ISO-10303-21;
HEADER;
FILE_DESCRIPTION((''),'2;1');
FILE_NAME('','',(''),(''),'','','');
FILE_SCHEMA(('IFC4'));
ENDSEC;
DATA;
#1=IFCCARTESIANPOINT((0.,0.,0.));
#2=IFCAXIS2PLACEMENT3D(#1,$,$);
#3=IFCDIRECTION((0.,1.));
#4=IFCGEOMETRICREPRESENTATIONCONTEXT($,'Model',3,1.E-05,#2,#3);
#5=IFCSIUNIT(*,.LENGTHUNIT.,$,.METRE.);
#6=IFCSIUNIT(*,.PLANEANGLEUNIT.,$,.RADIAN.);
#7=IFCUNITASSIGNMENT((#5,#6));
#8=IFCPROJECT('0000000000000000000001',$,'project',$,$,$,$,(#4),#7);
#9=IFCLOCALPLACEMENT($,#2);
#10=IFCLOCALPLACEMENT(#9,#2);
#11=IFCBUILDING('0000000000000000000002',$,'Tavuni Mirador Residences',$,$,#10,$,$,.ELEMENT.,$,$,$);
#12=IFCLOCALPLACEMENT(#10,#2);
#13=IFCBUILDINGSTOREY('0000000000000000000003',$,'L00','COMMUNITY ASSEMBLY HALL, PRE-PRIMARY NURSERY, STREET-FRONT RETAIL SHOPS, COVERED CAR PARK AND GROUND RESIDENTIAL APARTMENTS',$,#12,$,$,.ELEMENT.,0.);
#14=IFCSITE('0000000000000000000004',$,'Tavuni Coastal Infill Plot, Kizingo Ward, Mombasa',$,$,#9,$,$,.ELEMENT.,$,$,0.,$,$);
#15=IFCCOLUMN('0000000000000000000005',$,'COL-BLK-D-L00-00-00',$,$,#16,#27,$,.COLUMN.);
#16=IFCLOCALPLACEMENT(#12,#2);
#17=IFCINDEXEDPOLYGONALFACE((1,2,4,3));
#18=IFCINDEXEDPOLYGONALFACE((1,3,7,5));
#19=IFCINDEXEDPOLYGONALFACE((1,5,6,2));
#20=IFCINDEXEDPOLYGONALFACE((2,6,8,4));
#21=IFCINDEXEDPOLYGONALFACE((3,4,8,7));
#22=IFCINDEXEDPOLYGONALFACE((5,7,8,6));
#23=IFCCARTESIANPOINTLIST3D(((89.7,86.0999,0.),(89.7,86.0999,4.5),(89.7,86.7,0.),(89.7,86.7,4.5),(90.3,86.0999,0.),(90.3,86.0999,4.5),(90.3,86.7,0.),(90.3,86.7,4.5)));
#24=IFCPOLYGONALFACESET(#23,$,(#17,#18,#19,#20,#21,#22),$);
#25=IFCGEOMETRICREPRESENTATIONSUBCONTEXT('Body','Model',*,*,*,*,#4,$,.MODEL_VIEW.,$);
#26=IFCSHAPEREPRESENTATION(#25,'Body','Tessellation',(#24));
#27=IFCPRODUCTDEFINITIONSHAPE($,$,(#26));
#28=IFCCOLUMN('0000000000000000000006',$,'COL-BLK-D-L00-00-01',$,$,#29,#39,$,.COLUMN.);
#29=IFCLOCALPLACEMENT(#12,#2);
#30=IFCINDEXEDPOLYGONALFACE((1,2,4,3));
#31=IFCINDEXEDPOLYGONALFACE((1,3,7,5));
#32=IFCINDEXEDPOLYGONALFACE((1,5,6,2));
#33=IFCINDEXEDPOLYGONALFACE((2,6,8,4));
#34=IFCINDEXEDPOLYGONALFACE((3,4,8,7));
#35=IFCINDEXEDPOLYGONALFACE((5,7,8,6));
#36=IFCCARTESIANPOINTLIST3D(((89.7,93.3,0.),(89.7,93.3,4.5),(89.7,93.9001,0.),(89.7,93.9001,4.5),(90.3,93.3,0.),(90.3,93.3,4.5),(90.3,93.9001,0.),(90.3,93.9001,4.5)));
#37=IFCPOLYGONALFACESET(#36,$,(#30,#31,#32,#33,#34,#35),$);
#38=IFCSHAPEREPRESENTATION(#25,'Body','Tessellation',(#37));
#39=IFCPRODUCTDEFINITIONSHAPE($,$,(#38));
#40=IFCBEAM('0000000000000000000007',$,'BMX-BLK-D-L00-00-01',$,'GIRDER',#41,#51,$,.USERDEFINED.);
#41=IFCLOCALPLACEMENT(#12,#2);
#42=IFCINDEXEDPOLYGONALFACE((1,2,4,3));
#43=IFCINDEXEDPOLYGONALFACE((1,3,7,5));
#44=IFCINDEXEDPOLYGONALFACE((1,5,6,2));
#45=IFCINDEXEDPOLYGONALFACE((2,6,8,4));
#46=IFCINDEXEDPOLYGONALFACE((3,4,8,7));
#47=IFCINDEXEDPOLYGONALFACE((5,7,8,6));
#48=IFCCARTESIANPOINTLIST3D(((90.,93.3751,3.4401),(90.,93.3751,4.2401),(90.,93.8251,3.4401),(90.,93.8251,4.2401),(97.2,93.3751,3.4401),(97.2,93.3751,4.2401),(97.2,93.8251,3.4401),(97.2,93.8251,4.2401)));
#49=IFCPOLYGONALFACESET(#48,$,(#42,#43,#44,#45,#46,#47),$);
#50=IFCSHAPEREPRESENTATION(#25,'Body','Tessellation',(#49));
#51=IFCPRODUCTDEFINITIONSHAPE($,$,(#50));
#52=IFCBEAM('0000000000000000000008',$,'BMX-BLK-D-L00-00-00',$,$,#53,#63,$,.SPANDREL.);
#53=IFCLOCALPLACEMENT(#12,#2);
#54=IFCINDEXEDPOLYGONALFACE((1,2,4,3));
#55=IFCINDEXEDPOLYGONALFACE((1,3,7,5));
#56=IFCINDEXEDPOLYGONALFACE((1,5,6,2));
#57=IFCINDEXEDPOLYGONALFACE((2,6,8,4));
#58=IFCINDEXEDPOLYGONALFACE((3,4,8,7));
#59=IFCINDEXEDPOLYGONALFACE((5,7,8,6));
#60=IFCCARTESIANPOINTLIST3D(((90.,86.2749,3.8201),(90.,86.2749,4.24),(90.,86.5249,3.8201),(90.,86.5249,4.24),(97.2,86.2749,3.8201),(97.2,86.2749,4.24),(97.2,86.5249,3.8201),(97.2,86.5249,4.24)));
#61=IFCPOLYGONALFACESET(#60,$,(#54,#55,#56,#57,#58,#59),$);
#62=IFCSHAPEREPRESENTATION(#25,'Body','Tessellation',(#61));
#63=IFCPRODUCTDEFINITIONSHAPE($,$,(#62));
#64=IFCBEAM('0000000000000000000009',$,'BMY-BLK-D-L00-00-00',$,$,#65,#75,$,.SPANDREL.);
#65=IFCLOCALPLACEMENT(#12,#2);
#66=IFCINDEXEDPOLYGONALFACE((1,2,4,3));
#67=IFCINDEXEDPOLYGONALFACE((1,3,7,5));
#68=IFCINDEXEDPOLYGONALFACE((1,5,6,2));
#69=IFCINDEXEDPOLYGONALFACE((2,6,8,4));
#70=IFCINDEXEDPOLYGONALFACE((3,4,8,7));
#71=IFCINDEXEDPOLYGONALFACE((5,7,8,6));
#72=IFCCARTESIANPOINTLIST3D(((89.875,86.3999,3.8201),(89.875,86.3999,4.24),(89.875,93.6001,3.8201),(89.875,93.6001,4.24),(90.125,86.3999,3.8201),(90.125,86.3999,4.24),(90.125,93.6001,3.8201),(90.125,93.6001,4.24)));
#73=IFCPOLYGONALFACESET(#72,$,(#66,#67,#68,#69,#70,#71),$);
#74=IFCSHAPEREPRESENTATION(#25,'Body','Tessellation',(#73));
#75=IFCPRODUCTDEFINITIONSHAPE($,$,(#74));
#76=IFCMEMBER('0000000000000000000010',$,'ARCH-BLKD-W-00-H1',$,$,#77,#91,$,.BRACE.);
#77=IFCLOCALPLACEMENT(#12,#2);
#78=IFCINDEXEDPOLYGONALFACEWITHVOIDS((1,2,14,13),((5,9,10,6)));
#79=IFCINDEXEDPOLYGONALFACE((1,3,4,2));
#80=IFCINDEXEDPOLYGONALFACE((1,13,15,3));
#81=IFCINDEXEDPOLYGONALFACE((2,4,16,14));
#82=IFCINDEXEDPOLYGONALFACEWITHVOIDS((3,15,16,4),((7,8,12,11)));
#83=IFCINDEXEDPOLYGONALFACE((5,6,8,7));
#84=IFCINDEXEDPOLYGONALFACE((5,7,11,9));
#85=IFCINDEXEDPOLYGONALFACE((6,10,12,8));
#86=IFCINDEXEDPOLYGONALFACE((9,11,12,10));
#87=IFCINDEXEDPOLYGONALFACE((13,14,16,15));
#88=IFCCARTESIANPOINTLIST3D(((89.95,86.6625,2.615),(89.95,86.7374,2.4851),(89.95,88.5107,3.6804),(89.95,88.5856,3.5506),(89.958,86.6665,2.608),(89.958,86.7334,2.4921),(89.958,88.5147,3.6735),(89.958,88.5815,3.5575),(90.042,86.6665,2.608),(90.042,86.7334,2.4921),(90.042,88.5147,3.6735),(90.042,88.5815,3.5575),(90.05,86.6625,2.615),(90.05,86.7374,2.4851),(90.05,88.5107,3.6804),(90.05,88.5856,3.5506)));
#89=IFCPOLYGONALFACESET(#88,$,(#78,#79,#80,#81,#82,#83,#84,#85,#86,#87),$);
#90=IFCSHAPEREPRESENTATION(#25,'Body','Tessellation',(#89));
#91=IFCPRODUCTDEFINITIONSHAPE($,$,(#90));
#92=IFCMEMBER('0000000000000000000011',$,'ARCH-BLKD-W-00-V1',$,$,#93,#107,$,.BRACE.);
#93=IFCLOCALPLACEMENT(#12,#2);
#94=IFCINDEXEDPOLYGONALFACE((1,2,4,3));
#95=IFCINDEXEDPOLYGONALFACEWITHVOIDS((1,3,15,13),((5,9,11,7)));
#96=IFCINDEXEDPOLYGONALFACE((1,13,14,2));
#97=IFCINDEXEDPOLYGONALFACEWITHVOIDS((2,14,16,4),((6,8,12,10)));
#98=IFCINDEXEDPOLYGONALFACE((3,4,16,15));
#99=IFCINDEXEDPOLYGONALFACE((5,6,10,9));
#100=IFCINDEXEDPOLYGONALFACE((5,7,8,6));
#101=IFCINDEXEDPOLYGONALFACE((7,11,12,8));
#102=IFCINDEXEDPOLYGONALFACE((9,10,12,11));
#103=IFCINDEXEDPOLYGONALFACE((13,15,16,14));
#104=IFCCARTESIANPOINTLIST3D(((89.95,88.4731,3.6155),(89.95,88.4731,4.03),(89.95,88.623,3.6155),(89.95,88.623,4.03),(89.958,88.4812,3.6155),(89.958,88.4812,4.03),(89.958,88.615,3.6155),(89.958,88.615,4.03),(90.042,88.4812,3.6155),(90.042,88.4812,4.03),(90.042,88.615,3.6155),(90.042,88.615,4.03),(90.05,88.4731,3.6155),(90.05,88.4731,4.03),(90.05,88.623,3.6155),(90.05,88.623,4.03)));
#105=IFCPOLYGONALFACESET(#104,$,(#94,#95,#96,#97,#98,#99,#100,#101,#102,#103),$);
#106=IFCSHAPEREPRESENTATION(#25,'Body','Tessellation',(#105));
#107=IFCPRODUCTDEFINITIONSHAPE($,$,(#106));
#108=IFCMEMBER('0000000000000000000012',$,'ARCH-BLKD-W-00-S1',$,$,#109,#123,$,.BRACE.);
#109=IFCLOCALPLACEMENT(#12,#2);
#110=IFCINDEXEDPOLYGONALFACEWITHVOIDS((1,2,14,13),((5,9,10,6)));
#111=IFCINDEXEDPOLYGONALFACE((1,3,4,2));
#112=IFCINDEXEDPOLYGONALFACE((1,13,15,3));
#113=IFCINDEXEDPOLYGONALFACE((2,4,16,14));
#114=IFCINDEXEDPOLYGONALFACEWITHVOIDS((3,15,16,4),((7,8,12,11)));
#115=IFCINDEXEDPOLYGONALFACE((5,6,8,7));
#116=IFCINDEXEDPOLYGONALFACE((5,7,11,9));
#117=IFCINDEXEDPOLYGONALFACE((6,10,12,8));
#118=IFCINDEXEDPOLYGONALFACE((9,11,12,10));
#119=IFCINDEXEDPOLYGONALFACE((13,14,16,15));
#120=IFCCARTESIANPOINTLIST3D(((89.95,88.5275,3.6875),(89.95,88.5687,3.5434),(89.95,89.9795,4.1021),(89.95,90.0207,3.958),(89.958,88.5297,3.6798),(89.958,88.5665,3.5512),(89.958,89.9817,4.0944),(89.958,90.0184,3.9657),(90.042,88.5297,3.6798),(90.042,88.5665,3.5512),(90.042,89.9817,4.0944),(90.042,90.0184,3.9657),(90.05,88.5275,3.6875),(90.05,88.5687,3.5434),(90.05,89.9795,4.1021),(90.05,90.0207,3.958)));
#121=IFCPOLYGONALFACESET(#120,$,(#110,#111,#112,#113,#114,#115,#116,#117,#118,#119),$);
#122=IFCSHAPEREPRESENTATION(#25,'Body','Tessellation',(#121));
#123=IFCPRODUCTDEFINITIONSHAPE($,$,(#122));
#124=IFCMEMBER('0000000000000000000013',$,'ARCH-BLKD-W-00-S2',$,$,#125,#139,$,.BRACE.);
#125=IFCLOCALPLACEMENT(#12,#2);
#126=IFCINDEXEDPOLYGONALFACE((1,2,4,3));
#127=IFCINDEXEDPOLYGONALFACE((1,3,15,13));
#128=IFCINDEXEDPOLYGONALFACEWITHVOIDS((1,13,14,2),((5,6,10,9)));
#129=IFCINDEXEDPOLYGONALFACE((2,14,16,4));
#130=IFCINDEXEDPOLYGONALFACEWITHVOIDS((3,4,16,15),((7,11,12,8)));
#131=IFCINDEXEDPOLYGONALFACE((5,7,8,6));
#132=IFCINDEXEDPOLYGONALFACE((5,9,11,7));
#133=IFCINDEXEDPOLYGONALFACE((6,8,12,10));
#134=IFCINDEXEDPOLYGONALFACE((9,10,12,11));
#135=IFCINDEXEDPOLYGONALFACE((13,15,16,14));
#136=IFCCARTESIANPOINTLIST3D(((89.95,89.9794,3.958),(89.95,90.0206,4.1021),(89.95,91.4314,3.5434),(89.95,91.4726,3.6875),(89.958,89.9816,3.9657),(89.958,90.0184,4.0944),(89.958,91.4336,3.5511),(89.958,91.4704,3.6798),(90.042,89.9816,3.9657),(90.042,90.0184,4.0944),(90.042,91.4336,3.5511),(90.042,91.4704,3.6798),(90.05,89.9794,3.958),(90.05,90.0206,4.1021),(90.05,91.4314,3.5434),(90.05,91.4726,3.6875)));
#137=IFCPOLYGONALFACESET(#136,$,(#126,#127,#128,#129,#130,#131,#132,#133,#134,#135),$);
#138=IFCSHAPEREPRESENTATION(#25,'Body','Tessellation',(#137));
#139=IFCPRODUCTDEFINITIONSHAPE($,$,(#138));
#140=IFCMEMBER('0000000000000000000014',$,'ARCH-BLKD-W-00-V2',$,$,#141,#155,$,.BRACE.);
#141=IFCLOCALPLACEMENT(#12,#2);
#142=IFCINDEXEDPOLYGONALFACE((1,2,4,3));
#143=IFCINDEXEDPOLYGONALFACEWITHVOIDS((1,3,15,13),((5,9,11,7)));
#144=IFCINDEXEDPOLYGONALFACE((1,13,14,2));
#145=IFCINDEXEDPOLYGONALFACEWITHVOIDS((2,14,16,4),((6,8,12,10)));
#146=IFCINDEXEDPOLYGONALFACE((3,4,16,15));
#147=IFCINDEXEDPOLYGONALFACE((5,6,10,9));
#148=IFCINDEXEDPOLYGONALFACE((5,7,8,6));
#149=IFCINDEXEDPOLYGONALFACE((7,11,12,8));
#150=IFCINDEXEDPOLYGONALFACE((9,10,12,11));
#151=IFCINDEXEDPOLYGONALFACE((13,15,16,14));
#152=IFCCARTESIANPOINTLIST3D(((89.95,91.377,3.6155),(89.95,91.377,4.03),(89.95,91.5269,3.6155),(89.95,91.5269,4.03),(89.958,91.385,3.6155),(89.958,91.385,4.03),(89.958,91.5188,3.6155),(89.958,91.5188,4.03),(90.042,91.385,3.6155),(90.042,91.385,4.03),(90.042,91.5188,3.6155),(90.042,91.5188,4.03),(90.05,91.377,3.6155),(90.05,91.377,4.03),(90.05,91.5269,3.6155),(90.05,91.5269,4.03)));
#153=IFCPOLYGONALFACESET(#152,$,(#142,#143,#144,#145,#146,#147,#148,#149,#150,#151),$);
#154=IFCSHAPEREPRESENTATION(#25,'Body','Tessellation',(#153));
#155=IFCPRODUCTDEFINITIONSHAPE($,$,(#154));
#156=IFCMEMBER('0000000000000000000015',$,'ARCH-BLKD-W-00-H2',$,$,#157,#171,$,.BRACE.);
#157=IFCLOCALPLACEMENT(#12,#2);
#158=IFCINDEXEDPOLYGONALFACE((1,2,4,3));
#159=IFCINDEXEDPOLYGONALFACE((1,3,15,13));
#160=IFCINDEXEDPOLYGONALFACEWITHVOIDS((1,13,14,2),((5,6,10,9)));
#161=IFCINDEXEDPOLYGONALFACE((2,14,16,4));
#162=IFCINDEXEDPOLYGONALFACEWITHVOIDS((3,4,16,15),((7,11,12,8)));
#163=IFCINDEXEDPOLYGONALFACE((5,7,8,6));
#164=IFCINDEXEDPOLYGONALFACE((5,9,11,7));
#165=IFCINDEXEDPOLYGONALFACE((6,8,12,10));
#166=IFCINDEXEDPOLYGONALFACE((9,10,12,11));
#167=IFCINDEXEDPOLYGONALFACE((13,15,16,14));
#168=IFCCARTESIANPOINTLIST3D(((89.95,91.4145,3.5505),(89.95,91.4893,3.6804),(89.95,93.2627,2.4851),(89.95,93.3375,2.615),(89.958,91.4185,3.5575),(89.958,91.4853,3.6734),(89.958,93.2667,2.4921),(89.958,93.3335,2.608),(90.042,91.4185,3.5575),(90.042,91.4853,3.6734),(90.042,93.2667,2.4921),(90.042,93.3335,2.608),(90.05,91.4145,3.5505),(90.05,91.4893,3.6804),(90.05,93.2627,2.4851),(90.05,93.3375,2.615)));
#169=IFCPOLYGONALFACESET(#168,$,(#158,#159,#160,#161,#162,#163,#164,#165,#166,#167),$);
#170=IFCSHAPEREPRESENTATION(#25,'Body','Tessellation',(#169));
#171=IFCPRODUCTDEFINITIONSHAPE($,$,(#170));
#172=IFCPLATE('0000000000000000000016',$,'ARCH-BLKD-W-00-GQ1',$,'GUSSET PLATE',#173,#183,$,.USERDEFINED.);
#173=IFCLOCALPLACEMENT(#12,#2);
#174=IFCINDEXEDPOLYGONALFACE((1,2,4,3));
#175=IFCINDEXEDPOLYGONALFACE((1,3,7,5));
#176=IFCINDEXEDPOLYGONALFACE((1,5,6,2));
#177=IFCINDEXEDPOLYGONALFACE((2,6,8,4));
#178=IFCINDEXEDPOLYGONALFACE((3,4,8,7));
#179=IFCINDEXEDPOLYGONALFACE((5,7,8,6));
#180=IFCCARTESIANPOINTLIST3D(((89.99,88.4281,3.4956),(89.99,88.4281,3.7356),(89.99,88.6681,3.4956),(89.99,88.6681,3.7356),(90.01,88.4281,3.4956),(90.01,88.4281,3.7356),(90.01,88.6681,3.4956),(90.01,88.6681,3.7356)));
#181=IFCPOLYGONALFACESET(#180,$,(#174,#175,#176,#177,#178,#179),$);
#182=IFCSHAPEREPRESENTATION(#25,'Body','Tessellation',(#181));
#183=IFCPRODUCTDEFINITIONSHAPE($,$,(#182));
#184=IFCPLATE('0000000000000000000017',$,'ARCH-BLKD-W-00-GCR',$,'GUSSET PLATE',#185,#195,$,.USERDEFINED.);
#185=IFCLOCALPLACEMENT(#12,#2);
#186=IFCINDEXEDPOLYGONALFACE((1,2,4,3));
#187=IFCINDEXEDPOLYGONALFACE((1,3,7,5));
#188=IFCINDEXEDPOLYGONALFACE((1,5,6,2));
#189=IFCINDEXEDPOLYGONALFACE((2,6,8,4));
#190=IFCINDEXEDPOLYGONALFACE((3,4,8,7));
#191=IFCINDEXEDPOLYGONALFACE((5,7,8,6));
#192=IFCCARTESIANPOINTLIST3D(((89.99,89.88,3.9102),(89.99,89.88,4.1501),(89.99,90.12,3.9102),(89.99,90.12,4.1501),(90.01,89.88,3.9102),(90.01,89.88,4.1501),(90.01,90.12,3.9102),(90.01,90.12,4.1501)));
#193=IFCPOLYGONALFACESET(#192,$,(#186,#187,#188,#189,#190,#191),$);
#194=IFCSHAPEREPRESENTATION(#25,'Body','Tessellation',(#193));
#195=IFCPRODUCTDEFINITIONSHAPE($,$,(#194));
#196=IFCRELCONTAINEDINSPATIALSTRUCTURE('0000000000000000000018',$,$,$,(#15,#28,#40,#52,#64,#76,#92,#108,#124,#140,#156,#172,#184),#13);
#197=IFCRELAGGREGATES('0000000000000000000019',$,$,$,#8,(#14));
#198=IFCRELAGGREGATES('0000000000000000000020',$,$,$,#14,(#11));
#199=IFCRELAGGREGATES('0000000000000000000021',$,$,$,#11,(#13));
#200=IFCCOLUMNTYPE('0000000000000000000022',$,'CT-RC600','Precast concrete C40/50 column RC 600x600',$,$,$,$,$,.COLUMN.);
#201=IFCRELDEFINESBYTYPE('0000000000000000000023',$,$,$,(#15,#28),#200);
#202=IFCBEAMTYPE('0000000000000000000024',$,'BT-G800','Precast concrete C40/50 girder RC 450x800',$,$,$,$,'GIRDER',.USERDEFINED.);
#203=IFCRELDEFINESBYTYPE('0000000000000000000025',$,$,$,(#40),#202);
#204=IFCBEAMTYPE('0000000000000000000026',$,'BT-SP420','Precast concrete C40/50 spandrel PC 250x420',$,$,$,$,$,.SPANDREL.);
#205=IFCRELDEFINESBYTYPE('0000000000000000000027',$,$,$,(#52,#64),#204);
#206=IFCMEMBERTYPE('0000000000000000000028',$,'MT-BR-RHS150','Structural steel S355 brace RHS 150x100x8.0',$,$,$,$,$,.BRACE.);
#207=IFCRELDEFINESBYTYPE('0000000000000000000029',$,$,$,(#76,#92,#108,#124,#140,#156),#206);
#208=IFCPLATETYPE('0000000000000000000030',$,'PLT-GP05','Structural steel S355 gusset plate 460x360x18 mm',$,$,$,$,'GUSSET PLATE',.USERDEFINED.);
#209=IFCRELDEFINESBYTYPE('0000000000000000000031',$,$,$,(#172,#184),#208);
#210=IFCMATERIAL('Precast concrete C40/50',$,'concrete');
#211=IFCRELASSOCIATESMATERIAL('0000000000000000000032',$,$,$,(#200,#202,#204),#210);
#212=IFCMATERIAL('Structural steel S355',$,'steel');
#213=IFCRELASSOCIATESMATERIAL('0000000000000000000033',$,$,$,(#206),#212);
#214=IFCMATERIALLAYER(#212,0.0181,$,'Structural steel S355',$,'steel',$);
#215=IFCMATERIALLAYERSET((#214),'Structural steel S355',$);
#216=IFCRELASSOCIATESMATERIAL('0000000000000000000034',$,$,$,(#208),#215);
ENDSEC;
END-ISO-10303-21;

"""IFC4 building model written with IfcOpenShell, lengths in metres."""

from ifc_helpers import new_model, si_unit, direction, frame, origin, origin_2d, place, context, subcontext, project, spatial, rectangle, hollow_rectangle, extrude, material, layer, layer_set, material_profile, profile_set, type_object, element, save


model = new_model("IFC4")

# Units and contexts
model_context = context("Model", 3, precision=1e-05, world=origin(), true_north=direction((0.0, 1.0)))
body_context = subcontext(model_context, "Body", "Model", "MODEL_VIEW")
ifc_project = project(units=[si_unit("LENGTHUNIT", "METRE"), si_unit("PLANEANGLEUNIT", "RADIAN")], contexts=[model_context])

# Site, building, storey
site_placement = place(None, origin())
site = spatial("IfcSite", under=ifc_project, at=site_placement, Name="Tavuni Coastal Infill Plot, Kizingo Ward, Mombasa", CompositionType="ELEMENT", RefElevation=0.0)
building_placement = place(site_placement, origin())
building = spatial("IfcBuilding", under=site, at=building_placement, Name="Tavuni Mirador Residences", CompositionType="ELEMENT")
storey_placement = place(building_placement, origin())
storey = spatial("IfcBuildingStorey", under=building, at=storey_placement, Name="L00", Description="COMMUNITY ASSEMBLY HALL, PRE-PRIMARY NURSERY, STREET-FRONT RETAIL SHOPS, COVERED CAR PARK AND GROUND RESIDENTIAL APARTMENTS", CompositionType="ELEMENT", Elevation=0.0)

# Columns
ifc_material_1 = material(Name="Precast concrete C40/50", Category="concrete")
ifc_material_profile_1 = material_profile(ifc_material_1, rectangle(XDim=0.6001, YDim=0.6001, at=origin_2d()), Name="RC 600x600", Category="concrete")
ifc_profile_set_1 = profile_set([ifc_material_profile_1], Name="Precast concrete C40/50")
column_type = type_object("IfcColumnType", Name="CT-RC600", Description="Precast concrete C40/50 column RC 600x600", PredefinedType="COLUMN", material=ifc_profile_set_1)
for number, where, z_axis, x_axis, name in (
    (1, (90.0, 86.3999, 0.0), (0.0, 0.0, 1.0), (1.0, 0.0, 0.0), "COL-BLK-D-L00-00-00"),
    (2, (90.0, 93.6001, 0.0), (0.0, 0.0, 1.0), (1.0, 0.0, 0.0), "COL-BLK-D-L00-00-01"),
):
    element("IfcColumn", number, at=place(storey_placement, frame(where, z_axis=z_axis, x_axis=x_axis)), inside=storey, type_object=column_type, Name=name, PredefinedType="COLUMN", context=body_context, shape_type="SweptSolid", body=[
        extrude(rectangle(XDim=0.6001, YDim=0.6001, at=origin_2d()), origin(), (0.0, 0.0, 1.0), 4.5),
    ])

# Beams
ifc_material_profile_2 = material_profile(ifc_material_1, rectangle(XDim=0.45, YDim=0.8, at=origin_2d()), Name="RC 450x800", Category="concrete")
ifc_profile_set_2 = profile_set([ifc_material_profile_2], Name="Precast concrete C40/50")
beam_type_1 = type_object("IfcBeamType", Name="BT-G800", Description="Precast concrete C40/50 girder RC 450x800", ElementType="GIRDER", PredefinedType="USERDEFINED", material=ifc_profile_set_2)
beam_1_placement = place(storey_placement, frame((90.0, 93.6001, 3.8401), z_axis=(1.0, 0.0, 0.0), x_axis=(0.0, 1.0, 0.0)))
element("IfcBeam", 3, at=beam_1_placement, inside=storey, type_object=beam_type_1, Name="BMX-BLK-D-L00-00-01", ObjectType="GIRDER", PredefinedType="USERDEFINED", context=body_context, shape_type="SweptSolid", body=[
    extrude(rectangle(XDim=0.45, YDim=0.8, at=origin_2d()), origin(), (0.0, 0.0, 1.0), 7.2),
])
ifc_material_profile_3 = material_profile(ifc_material_1, rectangle(XDim=0.25, YDim=0.4199, at=origin_2d()), Name="PC 250x420", Category="concrete")
ifc_profile_set_3 = profile_set([ifc_material_profile_3], Name="Precast concrete C40/50")
beam_type_2 = type_object("IfcBeamType", Name="BT-SP420", Description="Precast concrete C40/50 spandrel PC 250x420", PredefinedType="SPANDREL", material=ifc_profile_set_3)
beam_2_placement = place(storey_placement, frame((90.0, 86.3999, 4.03), z_axis=(1.0, 0.0, 0.0), x_axis=(0.0, 1.0, 0.0)))
element("IfcBeam", 4, at=beam_2_placement, inside=storey, type_object=beam_type_2, Name="BMX-BLK-D-L00-00-00", PredefinedType="SPANDREL", context=body_context, shape_type="SweptSolid", body=[
    extrude(rectangle(XDim=0.25, YDim=0.4199, at=origin_2d()), origin(), (0.0, 0.0, 1.0), 7.2),
])
beam_3_placement = place(storey_placement, frame((90.0, 86.3999, 4.03), z_axis=(0.0, 1.0, 0.0), x_axis=(-1.0, 0.0, 0.0)))
element("IfcBeam", 5, at=beam_3_placement, inside=storey, type_object=beam_type_2, Name="BMY-BLK-D-L00-00-00", PredefinedType="SPANDREL", context=body_context, shape_type="SweptSolid", body=[
    extrude(rectangle(XDim=0.25, YDim=0.4199, at=origin_2d()), origin(), (0.0, 0.0, 1.0), 7.2002),
])

# Members
ifc_material_2 = material(Name="Structural steel S355", Category="steel")
ifc_material_profile_4 = material_profile(ifc_material_2, hollow_rectangle(XDim=0.1001, YDim=0.1499, WallThickness=0.0081, at=origin_2d()), Name="RHS 150x100x8.0", Category="steel")
ifc_profile_set_4 = profile_set([ifc_material_profile_4], Name="Structural steel S355")
member_type = type_object("IfcMemberType", Name="MT-BR-RHS150", Description="Structural steel S355 brace RHS 150x100x8.0", PredefinedType="BRACE", material=ifc_profile_set_4)
member_1_placement = place(storey_placement, frame((90.0, 86.7, 2.55), z_axis=(0.0, 0.866349, 0.499438), x_axis=(-1.0, 0.0, 0.0)))
element("IfcMember", 6, at=member_1_placement, inside=storey, type_object=member_type, Name="ARCH-BLKD-W-00-H1", PredefinedType="BRACE", context=body_context, shape_type="SweptSolid", body=[
    extrude(hollow_rectangle(XDim=0.1001, YDim=0.1499, WallThickness=0.0081, at=origin_2d()), origin(), (0.0, 0.0, 1.0), 2.1333),
])
member_2_placement = place(storey_placement, frame((90.0, 88.5481, 3.6155), z_axis=(0.0, 0.0, 1.0), x_axis=(1.0, 0.0, 0.0)))
element("IfcMember", 7, at=member_2_placement, inside=storey, type_object=member_type, Name="ARCH-BLKD-W-00-V1", PredefinedType="BRACE", context=body_context, shape_type="SweptSolid", body=[
    extrude(hollow_rectangle(XDim=0.1001, YDim=0.1499, WallThickness=0.0081, at=origin_2d()), origin(), (0.0, 0.0, 1.0), 0.4146),
])
for number, where, z_axis, x_axis, name in (
    (8, (90.0, 88.5481, 3.6155), (0.0, 0.961573, 0.27455), (-1.0, 0.0, 0.0), "ARCH-BLKD-W-00-S1"),
    (9, (90.0, 90.0, 4.03), (0.0, 0.961573, -0.27455), (-1.0, 0.0, 0.0), "ARCH-BLKD-W-00-S2"),
):
    element("IfcMember", number, at=place(storey_placement, frame(where, z_axis=z_axis, x_axis=x_axis)), inside=storey, type_object=member_type, Name=name, PredefinedType="BRACE", context=body_context, shape_type="SweptSolid", body=[
        extrude(hollow_rectangle(XDim=0.1001, YDim=0.1499, WallThickness=0.0081, at=origin_2d()), origin(), (0.0, 0.0, 1.0), 1.51),
    ])
member_3_placement = place(storey_placement, frame((90.0, 91.4519, 3.6155), z_axis=(0.0, 0.0, 1.0), x_axis=(1.0, 0.0, 0.0)))
element("IfcMember", 10, at=member_3_placement, inside=storey, type_object=member_type, Name="ARCH-BLKD-W-00-V2", PredefinedType="BRACE", context=body_context, shape_type="SweptSolid", body=[
    extrude(hollow_rectangle(XDim=0.1001, YDim=0.1499, WallThickness=0.0081, at=origin_2d()), origin(), (0.0, 0.0, 1.0), 0.4146),
])
member_4_placement = place(storey_placement, frame((90.0, 91.4519, 3.6155), z_axis=(0.0, 0.866349, -0.499438), x_axis=(-1.0, 0.0, 0.0)))
element("IfcMember", 11, at=member_4_placement, inside=storey, type_object=member_type, Name="ARCH-BLKD-W-00-H2", PredefinedType="BRACE", context=body_context, shape_type="SweptSolid", body=[
    extrude(hollow_rectangle(XDim=0.1001, YDim=0.1499, WallThickness=0.0081, at=origin_2d()), origin(), (0.0, 0.0, 1.0), 2.1333),
])

# Plates
ifc_layer_1 = layer(ifc_material_2, 0.0181, Name="Structural steel S355", Category="steel")
ifc_layer_set_1 = layer_set([ifc_layer_1], Name="Structural steel S355")
plate_type = type_object("IfcPlateType", Name="PLT-GP05", Description="Structural steel S355 gusset plate 460x360x18 mm", ElementType="GUSSET PLATE", PredefinedType="USERDEFINED", material=ifc_layer_set_1)
for number, where, z_axis, x_axis, name in (
    (12, (90.0, 88.5481, 3.4956), (0.0, 0.0, 1.0), (1.0, 0.0, 0.0), "ARCH-BLKD-W-00-GQ1"),
    (13, (90.0, 90.0, 3.9102), (0.0, 0.0, 1.0), (1.0, 0.0, 0.0), "ARCH-BLKD-W-00-GCR"),
):
    element("IfcPlate", number, at=place(storey_placement, frame(where, z_axis=z_axis, x_axis=x_axis)), inside=storey, type_object=plate_type, Name=name, ObjectType="GUSSET PLATE", PredefinedType="USERDEFINED", context=body_context, shape_type="SweptSolid", body=[
        extrude(rectangle(XDim=0.02, YDim=0.24, at=origin_2d()), origin(), (0.0, 0.0, 1.0), 0.24),
    ])

save(model, "model.ifc")
